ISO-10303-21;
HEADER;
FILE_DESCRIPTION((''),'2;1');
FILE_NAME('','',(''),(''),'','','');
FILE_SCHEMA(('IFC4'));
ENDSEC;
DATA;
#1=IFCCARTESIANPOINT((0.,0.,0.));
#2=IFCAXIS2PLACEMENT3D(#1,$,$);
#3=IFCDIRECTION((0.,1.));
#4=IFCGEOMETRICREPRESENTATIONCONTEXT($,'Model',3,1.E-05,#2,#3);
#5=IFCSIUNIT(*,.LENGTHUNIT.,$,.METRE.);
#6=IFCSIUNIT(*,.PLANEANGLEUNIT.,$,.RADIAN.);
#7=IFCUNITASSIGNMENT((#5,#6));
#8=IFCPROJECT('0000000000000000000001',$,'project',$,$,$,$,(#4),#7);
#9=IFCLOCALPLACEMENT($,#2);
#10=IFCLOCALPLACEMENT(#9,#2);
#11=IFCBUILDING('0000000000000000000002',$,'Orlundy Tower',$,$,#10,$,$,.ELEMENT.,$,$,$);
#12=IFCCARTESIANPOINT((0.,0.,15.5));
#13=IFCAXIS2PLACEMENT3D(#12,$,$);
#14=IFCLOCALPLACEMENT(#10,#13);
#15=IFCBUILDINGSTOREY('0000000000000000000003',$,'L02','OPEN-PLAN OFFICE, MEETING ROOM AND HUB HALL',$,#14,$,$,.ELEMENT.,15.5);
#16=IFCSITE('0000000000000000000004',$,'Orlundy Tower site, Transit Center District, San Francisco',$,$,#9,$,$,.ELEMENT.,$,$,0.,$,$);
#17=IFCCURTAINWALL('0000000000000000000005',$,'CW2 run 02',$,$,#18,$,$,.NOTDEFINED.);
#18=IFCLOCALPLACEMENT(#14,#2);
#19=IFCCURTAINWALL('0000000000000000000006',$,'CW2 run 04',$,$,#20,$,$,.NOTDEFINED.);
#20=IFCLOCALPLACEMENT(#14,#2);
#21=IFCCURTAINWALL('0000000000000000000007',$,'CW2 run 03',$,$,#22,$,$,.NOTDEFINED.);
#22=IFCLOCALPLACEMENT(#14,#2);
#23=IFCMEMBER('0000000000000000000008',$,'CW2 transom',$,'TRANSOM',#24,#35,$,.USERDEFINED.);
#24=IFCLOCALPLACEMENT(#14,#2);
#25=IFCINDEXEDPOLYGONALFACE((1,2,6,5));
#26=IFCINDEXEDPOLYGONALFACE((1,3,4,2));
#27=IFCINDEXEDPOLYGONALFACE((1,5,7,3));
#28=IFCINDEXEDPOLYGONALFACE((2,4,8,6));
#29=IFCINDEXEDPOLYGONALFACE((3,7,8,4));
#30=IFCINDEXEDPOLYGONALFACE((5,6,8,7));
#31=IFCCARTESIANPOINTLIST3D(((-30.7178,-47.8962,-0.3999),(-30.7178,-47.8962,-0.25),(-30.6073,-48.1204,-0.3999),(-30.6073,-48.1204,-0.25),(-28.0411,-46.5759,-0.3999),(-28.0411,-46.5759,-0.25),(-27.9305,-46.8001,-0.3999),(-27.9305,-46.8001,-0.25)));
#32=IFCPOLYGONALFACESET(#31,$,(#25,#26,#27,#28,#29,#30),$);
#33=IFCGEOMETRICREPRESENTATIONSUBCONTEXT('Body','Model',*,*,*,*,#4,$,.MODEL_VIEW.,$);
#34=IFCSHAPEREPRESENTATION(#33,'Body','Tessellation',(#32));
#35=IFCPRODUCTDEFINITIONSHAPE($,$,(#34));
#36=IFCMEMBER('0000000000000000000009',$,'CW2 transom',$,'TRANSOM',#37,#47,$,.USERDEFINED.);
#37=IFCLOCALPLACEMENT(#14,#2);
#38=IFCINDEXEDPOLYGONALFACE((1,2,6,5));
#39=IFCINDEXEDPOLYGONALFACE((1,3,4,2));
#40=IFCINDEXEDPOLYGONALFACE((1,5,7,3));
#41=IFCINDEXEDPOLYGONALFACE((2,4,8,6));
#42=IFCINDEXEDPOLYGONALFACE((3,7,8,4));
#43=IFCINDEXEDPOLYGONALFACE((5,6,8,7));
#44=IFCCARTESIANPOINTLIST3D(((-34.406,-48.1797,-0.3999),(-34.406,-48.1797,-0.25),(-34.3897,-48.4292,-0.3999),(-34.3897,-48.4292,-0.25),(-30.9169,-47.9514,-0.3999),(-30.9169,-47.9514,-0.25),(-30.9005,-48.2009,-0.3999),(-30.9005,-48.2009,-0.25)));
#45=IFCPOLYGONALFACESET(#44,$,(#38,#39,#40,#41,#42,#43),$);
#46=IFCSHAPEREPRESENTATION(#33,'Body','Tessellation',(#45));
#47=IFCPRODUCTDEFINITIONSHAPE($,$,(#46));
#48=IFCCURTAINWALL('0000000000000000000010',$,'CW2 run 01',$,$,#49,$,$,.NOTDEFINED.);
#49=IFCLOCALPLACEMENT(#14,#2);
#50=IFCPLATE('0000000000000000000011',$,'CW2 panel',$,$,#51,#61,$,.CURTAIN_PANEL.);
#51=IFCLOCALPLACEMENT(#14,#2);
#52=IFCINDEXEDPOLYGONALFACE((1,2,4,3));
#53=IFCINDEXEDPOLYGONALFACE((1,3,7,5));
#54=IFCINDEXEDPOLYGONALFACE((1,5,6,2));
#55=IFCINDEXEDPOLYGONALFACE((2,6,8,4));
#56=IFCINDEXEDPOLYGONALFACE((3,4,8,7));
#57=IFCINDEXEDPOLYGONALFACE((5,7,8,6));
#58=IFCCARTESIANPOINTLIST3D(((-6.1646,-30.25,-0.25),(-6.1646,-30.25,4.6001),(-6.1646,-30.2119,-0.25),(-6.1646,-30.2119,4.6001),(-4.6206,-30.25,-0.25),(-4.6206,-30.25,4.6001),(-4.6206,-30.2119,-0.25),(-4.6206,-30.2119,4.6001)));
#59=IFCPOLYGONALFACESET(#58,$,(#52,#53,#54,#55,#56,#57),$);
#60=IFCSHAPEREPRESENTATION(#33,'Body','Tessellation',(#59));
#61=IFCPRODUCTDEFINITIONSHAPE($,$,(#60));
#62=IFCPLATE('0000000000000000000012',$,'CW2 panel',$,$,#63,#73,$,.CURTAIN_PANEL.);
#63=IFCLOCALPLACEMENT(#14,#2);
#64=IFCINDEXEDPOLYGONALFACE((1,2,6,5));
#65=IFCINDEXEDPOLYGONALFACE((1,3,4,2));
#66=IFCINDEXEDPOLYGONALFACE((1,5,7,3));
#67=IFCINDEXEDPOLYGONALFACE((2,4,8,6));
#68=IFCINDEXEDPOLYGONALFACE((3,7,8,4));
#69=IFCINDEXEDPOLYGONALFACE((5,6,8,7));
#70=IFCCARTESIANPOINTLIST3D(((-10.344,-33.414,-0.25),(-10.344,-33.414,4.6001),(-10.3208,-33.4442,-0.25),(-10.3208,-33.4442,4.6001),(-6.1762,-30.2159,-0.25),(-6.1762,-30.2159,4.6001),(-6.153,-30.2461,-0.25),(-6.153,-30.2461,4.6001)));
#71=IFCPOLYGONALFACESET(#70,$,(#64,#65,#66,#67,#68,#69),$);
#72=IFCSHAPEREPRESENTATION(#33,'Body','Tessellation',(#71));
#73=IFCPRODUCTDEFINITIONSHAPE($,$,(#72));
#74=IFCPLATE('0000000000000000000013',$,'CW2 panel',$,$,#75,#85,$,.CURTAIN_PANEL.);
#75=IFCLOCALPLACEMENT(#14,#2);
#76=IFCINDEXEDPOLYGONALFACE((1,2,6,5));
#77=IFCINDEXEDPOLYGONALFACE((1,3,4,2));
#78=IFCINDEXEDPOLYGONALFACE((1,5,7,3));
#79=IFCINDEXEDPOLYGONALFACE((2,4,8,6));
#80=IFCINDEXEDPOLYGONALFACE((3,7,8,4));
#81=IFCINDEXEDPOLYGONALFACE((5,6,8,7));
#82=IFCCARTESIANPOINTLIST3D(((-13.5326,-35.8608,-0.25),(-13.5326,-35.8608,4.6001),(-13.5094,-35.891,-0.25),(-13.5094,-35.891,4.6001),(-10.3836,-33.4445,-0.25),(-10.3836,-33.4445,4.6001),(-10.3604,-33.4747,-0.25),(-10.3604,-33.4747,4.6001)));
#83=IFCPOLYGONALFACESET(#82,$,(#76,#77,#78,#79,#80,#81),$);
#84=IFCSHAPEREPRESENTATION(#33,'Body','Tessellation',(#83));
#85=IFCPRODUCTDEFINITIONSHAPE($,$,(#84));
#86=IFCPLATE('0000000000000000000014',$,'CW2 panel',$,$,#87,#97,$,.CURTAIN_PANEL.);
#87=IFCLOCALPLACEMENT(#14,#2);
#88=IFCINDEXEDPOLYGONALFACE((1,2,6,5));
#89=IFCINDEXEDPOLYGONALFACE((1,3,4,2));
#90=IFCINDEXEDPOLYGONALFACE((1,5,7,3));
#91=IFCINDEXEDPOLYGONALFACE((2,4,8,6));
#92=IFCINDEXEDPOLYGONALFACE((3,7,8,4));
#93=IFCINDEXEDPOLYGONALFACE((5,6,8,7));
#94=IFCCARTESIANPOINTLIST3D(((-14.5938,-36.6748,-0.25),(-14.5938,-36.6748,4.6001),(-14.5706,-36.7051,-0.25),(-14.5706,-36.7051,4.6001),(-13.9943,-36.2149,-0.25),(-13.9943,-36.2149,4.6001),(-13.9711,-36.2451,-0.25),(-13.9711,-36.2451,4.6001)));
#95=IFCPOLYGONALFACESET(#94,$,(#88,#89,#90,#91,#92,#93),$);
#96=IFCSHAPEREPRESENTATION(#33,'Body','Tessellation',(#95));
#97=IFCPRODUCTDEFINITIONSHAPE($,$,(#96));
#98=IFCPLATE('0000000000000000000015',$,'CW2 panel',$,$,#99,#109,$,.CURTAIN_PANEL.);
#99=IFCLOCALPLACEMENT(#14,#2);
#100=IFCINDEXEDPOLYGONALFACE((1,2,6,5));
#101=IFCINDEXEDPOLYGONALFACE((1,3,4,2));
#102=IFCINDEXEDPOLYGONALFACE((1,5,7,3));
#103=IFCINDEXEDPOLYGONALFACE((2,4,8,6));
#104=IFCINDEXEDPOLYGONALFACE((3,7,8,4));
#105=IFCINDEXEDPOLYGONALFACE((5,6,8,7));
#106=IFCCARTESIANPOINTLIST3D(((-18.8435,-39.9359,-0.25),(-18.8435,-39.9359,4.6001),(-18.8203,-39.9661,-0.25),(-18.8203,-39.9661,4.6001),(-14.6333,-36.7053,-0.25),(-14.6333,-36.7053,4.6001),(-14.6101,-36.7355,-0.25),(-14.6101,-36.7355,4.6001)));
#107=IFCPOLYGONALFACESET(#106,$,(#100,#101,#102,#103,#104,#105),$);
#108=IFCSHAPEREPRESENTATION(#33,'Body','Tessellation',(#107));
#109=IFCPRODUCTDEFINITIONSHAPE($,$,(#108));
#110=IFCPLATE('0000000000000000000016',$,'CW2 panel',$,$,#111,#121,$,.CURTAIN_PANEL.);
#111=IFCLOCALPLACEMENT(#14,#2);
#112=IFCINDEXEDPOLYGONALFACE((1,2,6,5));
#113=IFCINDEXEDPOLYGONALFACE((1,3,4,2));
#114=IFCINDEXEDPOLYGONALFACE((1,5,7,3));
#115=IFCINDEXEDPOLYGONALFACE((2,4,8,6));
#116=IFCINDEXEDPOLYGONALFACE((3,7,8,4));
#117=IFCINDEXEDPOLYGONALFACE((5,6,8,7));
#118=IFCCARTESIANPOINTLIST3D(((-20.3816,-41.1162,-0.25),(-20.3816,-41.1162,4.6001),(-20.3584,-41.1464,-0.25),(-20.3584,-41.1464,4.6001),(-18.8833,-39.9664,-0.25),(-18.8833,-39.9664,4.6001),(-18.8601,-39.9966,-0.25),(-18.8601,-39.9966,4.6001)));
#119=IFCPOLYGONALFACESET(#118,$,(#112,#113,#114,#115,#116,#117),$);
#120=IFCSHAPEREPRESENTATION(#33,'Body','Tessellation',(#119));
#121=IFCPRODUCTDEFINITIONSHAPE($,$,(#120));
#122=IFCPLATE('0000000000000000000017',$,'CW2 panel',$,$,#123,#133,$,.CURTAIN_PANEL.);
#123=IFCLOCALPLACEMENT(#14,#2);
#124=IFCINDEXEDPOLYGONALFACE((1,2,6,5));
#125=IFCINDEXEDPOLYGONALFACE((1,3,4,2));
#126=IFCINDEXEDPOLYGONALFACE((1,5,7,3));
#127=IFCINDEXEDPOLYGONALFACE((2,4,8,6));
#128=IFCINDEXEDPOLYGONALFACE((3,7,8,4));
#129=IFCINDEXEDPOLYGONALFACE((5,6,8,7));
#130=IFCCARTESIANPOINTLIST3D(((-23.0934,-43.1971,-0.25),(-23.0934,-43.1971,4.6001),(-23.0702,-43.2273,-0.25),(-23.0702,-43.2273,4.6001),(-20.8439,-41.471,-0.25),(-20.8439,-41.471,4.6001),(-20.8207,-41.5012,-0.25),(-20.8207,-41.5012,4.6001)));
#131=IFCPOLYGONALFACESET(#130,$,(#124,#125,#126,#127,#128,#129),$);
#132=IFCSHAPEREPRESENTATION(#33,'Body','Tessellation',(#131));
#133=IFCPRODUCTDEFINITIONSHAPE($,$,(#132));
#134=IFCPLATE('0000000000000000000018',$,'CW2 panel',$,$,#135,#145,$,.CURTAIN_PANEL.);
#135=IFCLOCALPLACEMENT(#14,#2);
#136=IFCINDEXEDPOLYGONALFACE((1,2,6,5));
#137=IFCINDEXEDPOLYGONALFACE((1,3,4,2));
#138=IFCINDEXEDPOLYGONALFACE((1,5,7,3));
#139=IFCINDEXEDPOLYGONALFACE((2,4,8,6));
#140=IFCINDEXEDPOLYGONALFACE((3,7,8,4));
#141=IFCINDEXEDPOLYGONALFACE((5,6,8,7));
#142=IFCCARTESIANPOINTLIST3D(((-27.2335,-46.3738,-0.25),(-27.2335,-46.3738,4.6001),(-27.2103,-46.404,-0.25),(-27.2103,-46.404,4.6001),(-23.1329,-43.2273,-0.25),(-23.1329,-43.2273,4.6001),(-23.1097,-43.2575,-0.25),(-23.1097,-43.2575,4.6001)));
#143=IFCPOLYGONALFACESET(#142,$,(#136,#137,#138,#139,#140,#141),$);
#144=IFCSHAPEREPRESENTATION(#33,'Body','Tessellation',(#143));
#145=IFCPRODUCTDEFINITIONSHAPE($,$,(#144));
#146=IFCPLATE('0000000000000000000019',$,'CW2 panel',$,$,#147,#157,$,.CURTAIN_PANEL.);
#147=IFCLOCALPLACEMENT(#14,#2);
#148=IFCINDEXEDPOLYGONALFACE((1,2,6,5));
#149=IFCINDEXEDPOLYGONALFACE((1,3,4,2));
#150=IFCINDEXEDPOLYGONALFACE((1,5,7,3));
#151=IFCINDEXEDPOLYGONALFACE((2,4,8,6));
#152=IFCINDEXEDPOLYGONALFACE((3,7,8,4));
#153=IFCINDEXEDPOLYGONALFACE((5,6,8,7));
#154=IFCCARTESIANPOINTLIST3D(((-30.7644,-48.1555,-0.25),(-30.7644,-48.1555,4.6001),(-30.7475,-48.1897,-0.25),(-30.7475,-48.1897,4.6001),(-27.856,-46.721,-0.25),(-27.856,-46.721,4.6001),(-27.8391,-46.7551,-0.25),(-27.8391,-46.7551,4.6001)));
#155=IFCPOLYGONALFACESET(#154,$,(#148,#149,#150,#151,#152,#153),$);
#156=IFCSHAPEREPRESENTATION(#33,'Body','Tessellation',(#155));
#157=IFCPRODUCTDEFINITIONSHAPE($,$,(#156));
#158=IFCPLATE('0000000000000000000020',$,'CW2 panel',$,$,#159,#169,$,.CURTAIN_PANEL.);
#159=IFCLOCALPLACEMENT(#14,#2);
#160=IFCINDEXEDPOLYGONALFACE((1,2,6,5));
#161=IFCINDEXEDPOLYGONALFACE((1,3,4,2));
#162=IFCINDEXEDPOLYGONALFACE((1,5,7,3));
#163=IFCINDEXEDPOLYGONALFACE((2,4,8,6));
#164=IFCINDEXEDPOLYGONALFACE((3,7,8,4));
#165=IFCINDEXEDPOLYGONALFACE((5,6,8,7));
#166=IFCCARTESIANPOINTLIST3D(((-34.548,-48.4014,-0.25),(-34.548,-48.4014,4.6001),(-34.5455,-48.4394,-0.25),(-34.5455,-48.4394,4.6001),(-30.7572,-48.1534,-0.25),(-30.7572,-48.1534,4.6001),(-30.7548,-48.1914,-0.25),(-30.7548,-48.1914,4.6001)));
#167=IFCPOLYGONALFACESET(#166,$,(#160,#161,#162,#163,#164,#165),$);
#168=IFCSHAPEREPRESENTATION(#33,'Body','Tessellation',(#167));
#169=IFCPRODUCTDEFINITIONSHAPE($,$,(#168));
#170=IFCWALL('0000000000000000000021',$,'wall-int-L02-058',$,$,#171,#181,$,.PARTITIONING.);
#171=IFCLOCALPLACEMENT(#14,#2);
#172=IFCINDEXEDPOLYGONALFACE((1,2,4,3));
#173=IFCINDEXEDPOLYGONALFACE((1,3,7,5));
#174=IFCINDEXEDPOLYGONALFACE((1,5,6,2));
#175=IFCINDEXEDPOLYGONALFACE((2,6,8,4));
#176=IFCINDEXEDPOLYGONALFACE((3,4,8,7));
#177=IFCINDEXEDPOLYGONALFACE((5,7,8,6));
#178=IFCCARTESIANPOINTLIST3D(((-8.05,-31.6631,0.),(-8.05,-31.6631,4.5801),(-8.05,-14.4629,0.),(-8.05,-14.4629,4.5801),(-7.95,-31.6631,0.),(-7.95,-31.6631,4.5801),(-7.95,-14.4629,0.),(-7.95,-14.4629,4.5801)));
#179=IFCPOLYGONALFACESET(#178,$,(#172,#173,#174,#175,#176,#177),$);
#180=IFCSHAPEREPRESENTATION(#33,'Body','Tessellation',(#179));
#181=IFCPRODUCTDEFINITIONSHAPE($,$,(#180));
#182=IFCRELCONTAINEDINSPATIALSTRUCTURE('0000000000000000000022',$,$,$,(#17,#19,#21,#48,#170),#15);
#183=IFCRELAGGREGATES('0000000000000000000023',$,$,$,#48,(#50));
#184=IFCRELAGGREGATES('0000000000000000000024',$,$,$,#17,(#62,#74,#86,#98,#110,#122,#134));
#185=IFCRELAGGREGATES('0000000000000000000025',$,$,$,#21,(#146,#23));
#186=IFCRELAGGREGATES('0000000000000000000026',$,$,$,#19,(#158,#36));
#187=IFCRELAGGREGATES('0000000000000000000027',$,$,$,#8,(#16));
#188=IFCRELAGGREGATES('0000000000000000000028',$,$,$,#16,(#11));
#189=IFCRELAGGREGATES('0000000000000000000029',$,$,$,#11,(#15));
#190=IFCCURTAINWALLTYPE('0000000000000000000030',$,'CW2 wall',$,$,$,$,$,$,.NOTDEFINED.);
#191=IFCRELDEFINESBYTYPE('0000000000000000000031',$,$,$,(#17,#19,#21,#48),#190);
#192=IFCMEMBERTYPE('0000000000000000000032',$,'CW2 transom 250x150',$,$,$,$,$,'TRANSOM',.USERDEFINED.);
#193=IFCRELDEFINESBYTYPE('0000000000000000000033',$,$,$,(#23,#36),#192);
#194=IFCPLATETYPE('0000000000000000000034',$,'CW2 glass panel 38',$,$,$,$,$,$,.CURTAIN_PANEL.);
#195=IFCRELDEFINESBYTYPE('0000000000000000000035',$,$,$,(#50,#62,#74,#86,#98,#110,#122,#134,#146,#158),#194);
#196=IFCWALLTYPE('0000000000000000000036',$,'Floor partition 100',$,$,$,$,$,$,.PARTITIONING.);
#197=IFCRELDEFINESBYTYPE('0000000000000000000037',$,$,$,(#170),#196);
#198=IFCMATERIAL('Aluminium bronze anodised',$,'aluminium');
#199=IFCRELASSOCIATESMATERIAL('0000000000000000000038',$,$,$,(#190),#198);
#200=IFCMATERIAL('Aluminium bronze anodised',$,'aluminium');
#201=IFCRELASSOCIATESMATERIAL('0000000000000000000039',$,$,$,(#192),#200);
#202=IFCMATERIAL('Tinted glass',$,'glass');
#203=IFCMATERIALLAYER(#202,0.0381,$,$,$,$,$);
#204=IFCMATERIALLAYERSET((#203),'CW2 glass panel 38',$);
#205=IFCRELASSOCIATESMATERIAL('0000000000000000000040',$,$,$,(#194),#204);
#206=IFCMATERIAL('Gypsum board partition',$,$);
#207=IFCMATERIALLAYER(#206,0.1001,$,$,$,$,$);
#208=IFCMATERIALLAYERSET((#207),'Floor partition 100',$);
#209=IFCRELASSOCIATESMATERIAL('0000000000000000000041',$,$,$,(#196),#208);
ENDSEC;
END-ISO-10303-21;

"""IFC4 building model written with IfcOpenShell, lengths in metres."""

from ifc_helpers import new_model, si_unit, direction, frame, frame_2d, origin, origin_2d, place, context, subcontext, project, spatial, rectangle, extrude, material, layer, layer_set, material_profile, profile_set, type_object, element, aggregate, save


model = new_model("IFC4")

# Units and contexts
model_context = context("Model", 3, precision=1e-05, world=origin(), true_north=direction((0.0, 1.0)))
body_context = subcontext(model_context, "Body", "Model", "MODEL_VIEW")
ifc_project = project(units=[si_unit("LENGTHUNIT", "METRE"), si_unit("PLANEANGLEUNIT", "RADIAN")], contexts=[model_context])

# Site, building, storey
site_placement = place(None, origin())
site = spatial("IfcSite", under=ifc_project, at=site_placement, Name="Orlundy Tower site, Transit Center District, San Francisco", CompositionType="ELEMENT", RefElevation=0.0)
building_placement = place(site_placement, origin())
building = spatial("IfcBuilding", under=site, at=building_placement, Name="Orlundy Tower", CompositionType="ELEMENT")
storey_placement = place(building_placement, frame((0.0, 0.0, 15.5)))
storey = spatial("IfcBuildingStorey", under=building, at=storey_placement, Name="L02", Description="OPEN-PLAN OFFICE, MEETING ROOM AND HUB HALL", CompositionType="ELEMENT", Elevation=15.5)

# Curtain walls
ifc_material_1 = material(Name="Aluminium bronze anodised", Category="aluminium")
curtain_wall_type = type_object("IfcCurtainWallType", Name="CW2 wall", PredefinedType="NOTDEFINED", material=ifc_material_1)
curtain_wall_1_placement = place(storey_placement, origin())
curtain_wall_1 = element("IfcCurtainWall", 1, at=curtain_wall_1_placement, inside=storey, type_object=curtain_wall_type, Name="CW2 run 02", PredefinedType="NOTDEFINED")
curtain_wall_2_placement = place(storey_placement, origin())
curtain_wall_2 = element("IfcCurtainWall", 2, at=curtain_wall_2_placement, inside=storey, type_object=curtain_wall_type, Name="CW2 run 04", PredefinedType="NOTDEFINED")

# Shared definitions
ifc_material_2 = material(Name="Aluminium bronze anodised", Category="aluminium")
ifc_material_profile_1 = material_profile(ifc_material_2, rectangle(XDim=0.25, YDim=0.1499, at=origin_2d()), Name="CW2 transom 250x150")
ifc_profile_set_1 = profile_set([ifc_material_profile_1], Name="Aluminium bronze anodised")
member_type_1 = type_object("IfcMemberType", Name="CW2 transom 250x150", ElementType="TRANSOM", PredefinedType="USERDEFINED", material=ifc_profile_set_1)

# Curtain wall, member
curtain_wall_3_placement = place(storey_placement, origin())
curtain_wall_3 = element("IfcCurtainWall", 3, at=curtain_wall_3_placement, inside=storey, type_object=curtain_wall_type, Name="CW2 run 03", PredefinedType="NOTDEFINED")
member_1_placement = place(storey_placement, frame((-27.9858, -46.688, -0.325), z_axis=(-0.896835, -0.442365, 0.0), x_axis=(0.442365, -0.896835, 0.0)))
member_1 = element("IfcMember", 4, at=member_1_placement, type_object=member_type_1, Name="CW2 transom", ObjectType="TRANSOM", PredefinedType="USERDEFINED", context=body_context, shape_type="SweptSolid", body=[
    extrude(rectangle(XDim=0.25, YDim=0.1499, at=origin_2d()), origin(), (0.0, 0.0, 1.0), 2.9846),
])

# Member
member_2_placement = place(storey_placement, frame((-30.9087, -48.0762, -0.325), z_axis=(-0.997867, -0.065286, 0.0), x_axis=(0.065286, -0.997867, 0.0)))
member_2 = element("IfcMember", 5, at=member_2_placement, type_object=member_type_1, Name="CW2 transom", ObjectType="TRANSOM", PredefinedType="USERDEFINED", context=body_context, shape_type="SweptSolid", body=[
    extrude(rectangle(XDim=0.25, YDim=0.1499, at=origin_2d()), origin(), (0.0, 0.0, 1.0), 3.4966),
])

# Curtain wall, plate
curtain_wall_4_placement = place(storey_placement, origin())
curtain_wall_4 = element("IfcCurtainWall", 6, at=curtain_wall_4_placement, inside=storey, type_object=curtain_wall_type, Name="CW2 run 01", PredefinedType="NOTDEFINED")
ifc_material_3 = material(Name="Tinted glass", Category="glass")
ifc_layer_1 = layer(ifc_material_3, 0.0381)
ifc_layer_set_1 = layer_set([ifc_layer_1], Name="CW2 glass panel 38")
plate_type = type_object("IfcPlateType", Name="CW2 glass panel 38", PredefinedType="CURTAIN_PANEL", material=ifc_layer_set_1)
plate_1_placement = place(storey_placement, frame((-5.3926, -30.231, -0.25), z_axis=(0.0, 0.0, 1.0), x_axis=(-1.0, 0.0, 0.0)))
plate_1 = element("IfcPlate", 7, at=plate_1_placement, type_object=plate_type, Name="CW2 panel", PredefinedType="CURTAIN_PANEL", context=body_context, shape_type="SweptSolid", body=[
    extrude(rectangle(XDim=1.5439, YDim=0.0381, at=origin_2d()), origin(), (0.0, 0.0, 1.0), 4.8501),
])
aggregate(curtain_wall_4, [plate_1])

# Plates
plate_2_placement = place(storey_placement, frame((-8.2485, -31.8301, -0.25), z_axis=(0.0, 0.0, 1.0), x_axis=(-0.793352, -0.608763, 0.0)))
plate_2 = element("IfcPlate", 8, at=plate_2_placement, type_object=plate_type, Name="CW2 panel", PredefinedType="CURTAIN_PANEL", context=body_context, shape_type="SweptSolid", body=[
    extrude(rectangle(XDim=5.2534, YDim=0.0381, at=origin_2d()), origin(), (0.0, 0.0, 1.0), 4.8501),
])
plate_3_placement = place(storey_placement, frame((-11.9465, -34.6677, -0.25), z_axis=(0.0, 0.0, 1.0), x_axis=(-0.793352, -0.608763, 0.0)))
plate_3 = element("IfcPlate", 9, at=plate_3_placement, type_object=plate_type, Name="CW2 panel", PredefinedType="CURTAIN_PANEL", context=body_context, shape_type="SweptSolid", body=[
    extrude(rectangle(XDim=3.9692, YDim=0.0381, at=origin_2d()), origin(), (0.0, 0.0, 1.0), 4.8501),
])
plate_4_placement = place(storey_placement, frame((-14.2825, -36.46, -0.25), z_axis=(0.0, 0.0, 1.0), x_axis=(-0.793352, -0.608763, 0.0)))
plate_4 = element("IfcPlate", 10, at=plate_4_placement, type_object=plate_type, Name="CW2 panel", PredefinedType="CURTAIN_PANEL", context=body_context, shape_type="SweptSolid", body=[
    extrude(rectangle(XDim=0.7556, YDim=0.0381, at=origin_2d()), origin(), (0.0, 0.0, 1.0), 4.8501),
])
plate_5_placement = place(storey_placement, frame((-16.7268, -38.3357, -0.25), z_axis=(0.0, 0.0, 1.0), x_axis=(-0.793352, -0.608763, 0.0)))
plate_5 = element("IfcPlate", 11, at=plate_5_placement, type_object=plate_type, Name="CW2 panel", PredefinedType="CURTAIN_PANEL", context=body_context, shape_type="SweptSolid", body=[
    extrude(rectangle(XDim=5.3069, YDim=0.0381, at=origin_2d()), origin(), (0.0, 0.0, 1.0), 4.8501),
])
plate_6_placement = place(storey_placement, frame((-19.6208, -40.5564, -0.25), z_axis=(0.0, 0.0, 1.0), x_axis=(-0.793352, -0.608763, 0.0)))
plate_6 = element("IfcPlate", 12, at=plate_6_placement, type_object=plate_type, Name="CW2 panel", PredefinedType="CURTAIN_PANEL", context=body_context, shape_type="SweptSolid", body=[
    extrude(rectangle(XDim=1.8887, YDim=0.0381, at=origin_2d()), origin(), (0.0, 0.0, 1.0), 4.8501),
])
plate_7_placement = place(storey_placement, frame((-21.957, -42.3491, -0.25), z_axis=(0.0, 0.0, 1.0), x_axis=(-0.793352, -0.608763, 0.0)))
plate_7 = element("IfcPlate", 13, at=plate_7_placement, type_object=plate_type, Name="CW2 panel", PredefinedType="CURTAIN_PANEL", context=body_context, shape_type="SweptSolid", body=[
    extrude(rectangle(XDim=2.8354, YDim=0.0381, at=origin_2d()), origin(), (0.0, 0.0, 1.0), 4.8501),
])
plate_8_placement = place(storey_placement, frame((-25.1716, -44.8157, -0.25), z_axis=(0.0, 0.0, 1.0), x_axis=(-0.793352, -0.608763, 0.0)))
plate_8 = element("IfcPlate", 14, at=plate_8_placement, type_object=plate_type, Name="CW2 panel", PredefinedType="CURTAIN_PANEL", context=body_context, shape_type="SweptSolid", body=[
    extrude(rectangle(XDim=5.1687, YDim=0.0381, at=origin_2d()), origin(), (0.0, 0.0, 1.0), 4.8501),
])
aggregate(curtain_wall_1, [plate_2, plate_3, plate_4, plate_5, plate_6, plate_7, plate_8])
plate_9_placement = place(storey_placement, frame((-29.3018, -47.4553, -0.25), z_axis=(0.0, 0.0, 1.0), x_axis=(-0.896842, -0.442352, 0.0)))
plate_9 = element("IfcPlate", 15, at=plate_9_placement, type_object=plate_type, Name="CW2 panel", PredefinedType="CURTAIN_PANEL", context=body_context, shape_type="SweptSolid", body=[
    extrude(rectangle(XDim=3.2429, YDim=0.0381, at=origin_2d()), origin(), (0.0, 0.0, 1.0), 4.8501),
])
aggregate(curtain_wall_3, [plate_9, member_1])
plate_10_placement = place(storey_placement, frame((-32.6514, -48.2964, -0.25), z_axis=(0.0, 0.0, 1.0), x_axis=(-0.997867, -0.065284, 0.0)))
plate_10 = element("IfcPlate", 16, at=plate_10_placement, type_object=plate_type, Name="CW2 panel", PredefinedType="CURTAIN_PANEL", context=body_context, shape_type="SweptSolid", body=[
    extrude(rectangle(XDim=3.7988, YDim=0.0381, at=origin_2d()), origin(), (0.0, 0.0, 1.0), 4.8501),
])
aggregate(curtain_wall_2, [plate_10, member_2])

# Wall
ifc_material_4 = material(Name="Gypsum board partition")
ifc_layer_2 = layer(ifc_material_4, 0.1001)
ifc_layer_set_2 = layer_set([ifc_layer_2], Name="Floor partition 100")
wall_type = type_object("IfcWallType", Name="Floor partition 100", PredefinedType="PARTITIONING", material=ifc_layer_set_2)
wall_placement = place(storey_placement, frame((-8.0, -31.6631, 0.0), z_axis=(0.0, 0.0, 1.0), x_axis=(0.0, 1.0, 0.0)))
element("IfcWall", 17, at=wall_placement, inside=storey, type_object=wall_type, Name="wall-int-L02-058", PredefinedType="PARTITIONING", context=body_context, shape_type="SweptSolid", body=[
    extrude(rectangle(XDim=17.2002, YDim=0.1001, at=frame_2d((8.6001, 0.0))), origin(), (0.0, 0.0, 1.0), 4.5801),
])

save(model, "model.ifc")
